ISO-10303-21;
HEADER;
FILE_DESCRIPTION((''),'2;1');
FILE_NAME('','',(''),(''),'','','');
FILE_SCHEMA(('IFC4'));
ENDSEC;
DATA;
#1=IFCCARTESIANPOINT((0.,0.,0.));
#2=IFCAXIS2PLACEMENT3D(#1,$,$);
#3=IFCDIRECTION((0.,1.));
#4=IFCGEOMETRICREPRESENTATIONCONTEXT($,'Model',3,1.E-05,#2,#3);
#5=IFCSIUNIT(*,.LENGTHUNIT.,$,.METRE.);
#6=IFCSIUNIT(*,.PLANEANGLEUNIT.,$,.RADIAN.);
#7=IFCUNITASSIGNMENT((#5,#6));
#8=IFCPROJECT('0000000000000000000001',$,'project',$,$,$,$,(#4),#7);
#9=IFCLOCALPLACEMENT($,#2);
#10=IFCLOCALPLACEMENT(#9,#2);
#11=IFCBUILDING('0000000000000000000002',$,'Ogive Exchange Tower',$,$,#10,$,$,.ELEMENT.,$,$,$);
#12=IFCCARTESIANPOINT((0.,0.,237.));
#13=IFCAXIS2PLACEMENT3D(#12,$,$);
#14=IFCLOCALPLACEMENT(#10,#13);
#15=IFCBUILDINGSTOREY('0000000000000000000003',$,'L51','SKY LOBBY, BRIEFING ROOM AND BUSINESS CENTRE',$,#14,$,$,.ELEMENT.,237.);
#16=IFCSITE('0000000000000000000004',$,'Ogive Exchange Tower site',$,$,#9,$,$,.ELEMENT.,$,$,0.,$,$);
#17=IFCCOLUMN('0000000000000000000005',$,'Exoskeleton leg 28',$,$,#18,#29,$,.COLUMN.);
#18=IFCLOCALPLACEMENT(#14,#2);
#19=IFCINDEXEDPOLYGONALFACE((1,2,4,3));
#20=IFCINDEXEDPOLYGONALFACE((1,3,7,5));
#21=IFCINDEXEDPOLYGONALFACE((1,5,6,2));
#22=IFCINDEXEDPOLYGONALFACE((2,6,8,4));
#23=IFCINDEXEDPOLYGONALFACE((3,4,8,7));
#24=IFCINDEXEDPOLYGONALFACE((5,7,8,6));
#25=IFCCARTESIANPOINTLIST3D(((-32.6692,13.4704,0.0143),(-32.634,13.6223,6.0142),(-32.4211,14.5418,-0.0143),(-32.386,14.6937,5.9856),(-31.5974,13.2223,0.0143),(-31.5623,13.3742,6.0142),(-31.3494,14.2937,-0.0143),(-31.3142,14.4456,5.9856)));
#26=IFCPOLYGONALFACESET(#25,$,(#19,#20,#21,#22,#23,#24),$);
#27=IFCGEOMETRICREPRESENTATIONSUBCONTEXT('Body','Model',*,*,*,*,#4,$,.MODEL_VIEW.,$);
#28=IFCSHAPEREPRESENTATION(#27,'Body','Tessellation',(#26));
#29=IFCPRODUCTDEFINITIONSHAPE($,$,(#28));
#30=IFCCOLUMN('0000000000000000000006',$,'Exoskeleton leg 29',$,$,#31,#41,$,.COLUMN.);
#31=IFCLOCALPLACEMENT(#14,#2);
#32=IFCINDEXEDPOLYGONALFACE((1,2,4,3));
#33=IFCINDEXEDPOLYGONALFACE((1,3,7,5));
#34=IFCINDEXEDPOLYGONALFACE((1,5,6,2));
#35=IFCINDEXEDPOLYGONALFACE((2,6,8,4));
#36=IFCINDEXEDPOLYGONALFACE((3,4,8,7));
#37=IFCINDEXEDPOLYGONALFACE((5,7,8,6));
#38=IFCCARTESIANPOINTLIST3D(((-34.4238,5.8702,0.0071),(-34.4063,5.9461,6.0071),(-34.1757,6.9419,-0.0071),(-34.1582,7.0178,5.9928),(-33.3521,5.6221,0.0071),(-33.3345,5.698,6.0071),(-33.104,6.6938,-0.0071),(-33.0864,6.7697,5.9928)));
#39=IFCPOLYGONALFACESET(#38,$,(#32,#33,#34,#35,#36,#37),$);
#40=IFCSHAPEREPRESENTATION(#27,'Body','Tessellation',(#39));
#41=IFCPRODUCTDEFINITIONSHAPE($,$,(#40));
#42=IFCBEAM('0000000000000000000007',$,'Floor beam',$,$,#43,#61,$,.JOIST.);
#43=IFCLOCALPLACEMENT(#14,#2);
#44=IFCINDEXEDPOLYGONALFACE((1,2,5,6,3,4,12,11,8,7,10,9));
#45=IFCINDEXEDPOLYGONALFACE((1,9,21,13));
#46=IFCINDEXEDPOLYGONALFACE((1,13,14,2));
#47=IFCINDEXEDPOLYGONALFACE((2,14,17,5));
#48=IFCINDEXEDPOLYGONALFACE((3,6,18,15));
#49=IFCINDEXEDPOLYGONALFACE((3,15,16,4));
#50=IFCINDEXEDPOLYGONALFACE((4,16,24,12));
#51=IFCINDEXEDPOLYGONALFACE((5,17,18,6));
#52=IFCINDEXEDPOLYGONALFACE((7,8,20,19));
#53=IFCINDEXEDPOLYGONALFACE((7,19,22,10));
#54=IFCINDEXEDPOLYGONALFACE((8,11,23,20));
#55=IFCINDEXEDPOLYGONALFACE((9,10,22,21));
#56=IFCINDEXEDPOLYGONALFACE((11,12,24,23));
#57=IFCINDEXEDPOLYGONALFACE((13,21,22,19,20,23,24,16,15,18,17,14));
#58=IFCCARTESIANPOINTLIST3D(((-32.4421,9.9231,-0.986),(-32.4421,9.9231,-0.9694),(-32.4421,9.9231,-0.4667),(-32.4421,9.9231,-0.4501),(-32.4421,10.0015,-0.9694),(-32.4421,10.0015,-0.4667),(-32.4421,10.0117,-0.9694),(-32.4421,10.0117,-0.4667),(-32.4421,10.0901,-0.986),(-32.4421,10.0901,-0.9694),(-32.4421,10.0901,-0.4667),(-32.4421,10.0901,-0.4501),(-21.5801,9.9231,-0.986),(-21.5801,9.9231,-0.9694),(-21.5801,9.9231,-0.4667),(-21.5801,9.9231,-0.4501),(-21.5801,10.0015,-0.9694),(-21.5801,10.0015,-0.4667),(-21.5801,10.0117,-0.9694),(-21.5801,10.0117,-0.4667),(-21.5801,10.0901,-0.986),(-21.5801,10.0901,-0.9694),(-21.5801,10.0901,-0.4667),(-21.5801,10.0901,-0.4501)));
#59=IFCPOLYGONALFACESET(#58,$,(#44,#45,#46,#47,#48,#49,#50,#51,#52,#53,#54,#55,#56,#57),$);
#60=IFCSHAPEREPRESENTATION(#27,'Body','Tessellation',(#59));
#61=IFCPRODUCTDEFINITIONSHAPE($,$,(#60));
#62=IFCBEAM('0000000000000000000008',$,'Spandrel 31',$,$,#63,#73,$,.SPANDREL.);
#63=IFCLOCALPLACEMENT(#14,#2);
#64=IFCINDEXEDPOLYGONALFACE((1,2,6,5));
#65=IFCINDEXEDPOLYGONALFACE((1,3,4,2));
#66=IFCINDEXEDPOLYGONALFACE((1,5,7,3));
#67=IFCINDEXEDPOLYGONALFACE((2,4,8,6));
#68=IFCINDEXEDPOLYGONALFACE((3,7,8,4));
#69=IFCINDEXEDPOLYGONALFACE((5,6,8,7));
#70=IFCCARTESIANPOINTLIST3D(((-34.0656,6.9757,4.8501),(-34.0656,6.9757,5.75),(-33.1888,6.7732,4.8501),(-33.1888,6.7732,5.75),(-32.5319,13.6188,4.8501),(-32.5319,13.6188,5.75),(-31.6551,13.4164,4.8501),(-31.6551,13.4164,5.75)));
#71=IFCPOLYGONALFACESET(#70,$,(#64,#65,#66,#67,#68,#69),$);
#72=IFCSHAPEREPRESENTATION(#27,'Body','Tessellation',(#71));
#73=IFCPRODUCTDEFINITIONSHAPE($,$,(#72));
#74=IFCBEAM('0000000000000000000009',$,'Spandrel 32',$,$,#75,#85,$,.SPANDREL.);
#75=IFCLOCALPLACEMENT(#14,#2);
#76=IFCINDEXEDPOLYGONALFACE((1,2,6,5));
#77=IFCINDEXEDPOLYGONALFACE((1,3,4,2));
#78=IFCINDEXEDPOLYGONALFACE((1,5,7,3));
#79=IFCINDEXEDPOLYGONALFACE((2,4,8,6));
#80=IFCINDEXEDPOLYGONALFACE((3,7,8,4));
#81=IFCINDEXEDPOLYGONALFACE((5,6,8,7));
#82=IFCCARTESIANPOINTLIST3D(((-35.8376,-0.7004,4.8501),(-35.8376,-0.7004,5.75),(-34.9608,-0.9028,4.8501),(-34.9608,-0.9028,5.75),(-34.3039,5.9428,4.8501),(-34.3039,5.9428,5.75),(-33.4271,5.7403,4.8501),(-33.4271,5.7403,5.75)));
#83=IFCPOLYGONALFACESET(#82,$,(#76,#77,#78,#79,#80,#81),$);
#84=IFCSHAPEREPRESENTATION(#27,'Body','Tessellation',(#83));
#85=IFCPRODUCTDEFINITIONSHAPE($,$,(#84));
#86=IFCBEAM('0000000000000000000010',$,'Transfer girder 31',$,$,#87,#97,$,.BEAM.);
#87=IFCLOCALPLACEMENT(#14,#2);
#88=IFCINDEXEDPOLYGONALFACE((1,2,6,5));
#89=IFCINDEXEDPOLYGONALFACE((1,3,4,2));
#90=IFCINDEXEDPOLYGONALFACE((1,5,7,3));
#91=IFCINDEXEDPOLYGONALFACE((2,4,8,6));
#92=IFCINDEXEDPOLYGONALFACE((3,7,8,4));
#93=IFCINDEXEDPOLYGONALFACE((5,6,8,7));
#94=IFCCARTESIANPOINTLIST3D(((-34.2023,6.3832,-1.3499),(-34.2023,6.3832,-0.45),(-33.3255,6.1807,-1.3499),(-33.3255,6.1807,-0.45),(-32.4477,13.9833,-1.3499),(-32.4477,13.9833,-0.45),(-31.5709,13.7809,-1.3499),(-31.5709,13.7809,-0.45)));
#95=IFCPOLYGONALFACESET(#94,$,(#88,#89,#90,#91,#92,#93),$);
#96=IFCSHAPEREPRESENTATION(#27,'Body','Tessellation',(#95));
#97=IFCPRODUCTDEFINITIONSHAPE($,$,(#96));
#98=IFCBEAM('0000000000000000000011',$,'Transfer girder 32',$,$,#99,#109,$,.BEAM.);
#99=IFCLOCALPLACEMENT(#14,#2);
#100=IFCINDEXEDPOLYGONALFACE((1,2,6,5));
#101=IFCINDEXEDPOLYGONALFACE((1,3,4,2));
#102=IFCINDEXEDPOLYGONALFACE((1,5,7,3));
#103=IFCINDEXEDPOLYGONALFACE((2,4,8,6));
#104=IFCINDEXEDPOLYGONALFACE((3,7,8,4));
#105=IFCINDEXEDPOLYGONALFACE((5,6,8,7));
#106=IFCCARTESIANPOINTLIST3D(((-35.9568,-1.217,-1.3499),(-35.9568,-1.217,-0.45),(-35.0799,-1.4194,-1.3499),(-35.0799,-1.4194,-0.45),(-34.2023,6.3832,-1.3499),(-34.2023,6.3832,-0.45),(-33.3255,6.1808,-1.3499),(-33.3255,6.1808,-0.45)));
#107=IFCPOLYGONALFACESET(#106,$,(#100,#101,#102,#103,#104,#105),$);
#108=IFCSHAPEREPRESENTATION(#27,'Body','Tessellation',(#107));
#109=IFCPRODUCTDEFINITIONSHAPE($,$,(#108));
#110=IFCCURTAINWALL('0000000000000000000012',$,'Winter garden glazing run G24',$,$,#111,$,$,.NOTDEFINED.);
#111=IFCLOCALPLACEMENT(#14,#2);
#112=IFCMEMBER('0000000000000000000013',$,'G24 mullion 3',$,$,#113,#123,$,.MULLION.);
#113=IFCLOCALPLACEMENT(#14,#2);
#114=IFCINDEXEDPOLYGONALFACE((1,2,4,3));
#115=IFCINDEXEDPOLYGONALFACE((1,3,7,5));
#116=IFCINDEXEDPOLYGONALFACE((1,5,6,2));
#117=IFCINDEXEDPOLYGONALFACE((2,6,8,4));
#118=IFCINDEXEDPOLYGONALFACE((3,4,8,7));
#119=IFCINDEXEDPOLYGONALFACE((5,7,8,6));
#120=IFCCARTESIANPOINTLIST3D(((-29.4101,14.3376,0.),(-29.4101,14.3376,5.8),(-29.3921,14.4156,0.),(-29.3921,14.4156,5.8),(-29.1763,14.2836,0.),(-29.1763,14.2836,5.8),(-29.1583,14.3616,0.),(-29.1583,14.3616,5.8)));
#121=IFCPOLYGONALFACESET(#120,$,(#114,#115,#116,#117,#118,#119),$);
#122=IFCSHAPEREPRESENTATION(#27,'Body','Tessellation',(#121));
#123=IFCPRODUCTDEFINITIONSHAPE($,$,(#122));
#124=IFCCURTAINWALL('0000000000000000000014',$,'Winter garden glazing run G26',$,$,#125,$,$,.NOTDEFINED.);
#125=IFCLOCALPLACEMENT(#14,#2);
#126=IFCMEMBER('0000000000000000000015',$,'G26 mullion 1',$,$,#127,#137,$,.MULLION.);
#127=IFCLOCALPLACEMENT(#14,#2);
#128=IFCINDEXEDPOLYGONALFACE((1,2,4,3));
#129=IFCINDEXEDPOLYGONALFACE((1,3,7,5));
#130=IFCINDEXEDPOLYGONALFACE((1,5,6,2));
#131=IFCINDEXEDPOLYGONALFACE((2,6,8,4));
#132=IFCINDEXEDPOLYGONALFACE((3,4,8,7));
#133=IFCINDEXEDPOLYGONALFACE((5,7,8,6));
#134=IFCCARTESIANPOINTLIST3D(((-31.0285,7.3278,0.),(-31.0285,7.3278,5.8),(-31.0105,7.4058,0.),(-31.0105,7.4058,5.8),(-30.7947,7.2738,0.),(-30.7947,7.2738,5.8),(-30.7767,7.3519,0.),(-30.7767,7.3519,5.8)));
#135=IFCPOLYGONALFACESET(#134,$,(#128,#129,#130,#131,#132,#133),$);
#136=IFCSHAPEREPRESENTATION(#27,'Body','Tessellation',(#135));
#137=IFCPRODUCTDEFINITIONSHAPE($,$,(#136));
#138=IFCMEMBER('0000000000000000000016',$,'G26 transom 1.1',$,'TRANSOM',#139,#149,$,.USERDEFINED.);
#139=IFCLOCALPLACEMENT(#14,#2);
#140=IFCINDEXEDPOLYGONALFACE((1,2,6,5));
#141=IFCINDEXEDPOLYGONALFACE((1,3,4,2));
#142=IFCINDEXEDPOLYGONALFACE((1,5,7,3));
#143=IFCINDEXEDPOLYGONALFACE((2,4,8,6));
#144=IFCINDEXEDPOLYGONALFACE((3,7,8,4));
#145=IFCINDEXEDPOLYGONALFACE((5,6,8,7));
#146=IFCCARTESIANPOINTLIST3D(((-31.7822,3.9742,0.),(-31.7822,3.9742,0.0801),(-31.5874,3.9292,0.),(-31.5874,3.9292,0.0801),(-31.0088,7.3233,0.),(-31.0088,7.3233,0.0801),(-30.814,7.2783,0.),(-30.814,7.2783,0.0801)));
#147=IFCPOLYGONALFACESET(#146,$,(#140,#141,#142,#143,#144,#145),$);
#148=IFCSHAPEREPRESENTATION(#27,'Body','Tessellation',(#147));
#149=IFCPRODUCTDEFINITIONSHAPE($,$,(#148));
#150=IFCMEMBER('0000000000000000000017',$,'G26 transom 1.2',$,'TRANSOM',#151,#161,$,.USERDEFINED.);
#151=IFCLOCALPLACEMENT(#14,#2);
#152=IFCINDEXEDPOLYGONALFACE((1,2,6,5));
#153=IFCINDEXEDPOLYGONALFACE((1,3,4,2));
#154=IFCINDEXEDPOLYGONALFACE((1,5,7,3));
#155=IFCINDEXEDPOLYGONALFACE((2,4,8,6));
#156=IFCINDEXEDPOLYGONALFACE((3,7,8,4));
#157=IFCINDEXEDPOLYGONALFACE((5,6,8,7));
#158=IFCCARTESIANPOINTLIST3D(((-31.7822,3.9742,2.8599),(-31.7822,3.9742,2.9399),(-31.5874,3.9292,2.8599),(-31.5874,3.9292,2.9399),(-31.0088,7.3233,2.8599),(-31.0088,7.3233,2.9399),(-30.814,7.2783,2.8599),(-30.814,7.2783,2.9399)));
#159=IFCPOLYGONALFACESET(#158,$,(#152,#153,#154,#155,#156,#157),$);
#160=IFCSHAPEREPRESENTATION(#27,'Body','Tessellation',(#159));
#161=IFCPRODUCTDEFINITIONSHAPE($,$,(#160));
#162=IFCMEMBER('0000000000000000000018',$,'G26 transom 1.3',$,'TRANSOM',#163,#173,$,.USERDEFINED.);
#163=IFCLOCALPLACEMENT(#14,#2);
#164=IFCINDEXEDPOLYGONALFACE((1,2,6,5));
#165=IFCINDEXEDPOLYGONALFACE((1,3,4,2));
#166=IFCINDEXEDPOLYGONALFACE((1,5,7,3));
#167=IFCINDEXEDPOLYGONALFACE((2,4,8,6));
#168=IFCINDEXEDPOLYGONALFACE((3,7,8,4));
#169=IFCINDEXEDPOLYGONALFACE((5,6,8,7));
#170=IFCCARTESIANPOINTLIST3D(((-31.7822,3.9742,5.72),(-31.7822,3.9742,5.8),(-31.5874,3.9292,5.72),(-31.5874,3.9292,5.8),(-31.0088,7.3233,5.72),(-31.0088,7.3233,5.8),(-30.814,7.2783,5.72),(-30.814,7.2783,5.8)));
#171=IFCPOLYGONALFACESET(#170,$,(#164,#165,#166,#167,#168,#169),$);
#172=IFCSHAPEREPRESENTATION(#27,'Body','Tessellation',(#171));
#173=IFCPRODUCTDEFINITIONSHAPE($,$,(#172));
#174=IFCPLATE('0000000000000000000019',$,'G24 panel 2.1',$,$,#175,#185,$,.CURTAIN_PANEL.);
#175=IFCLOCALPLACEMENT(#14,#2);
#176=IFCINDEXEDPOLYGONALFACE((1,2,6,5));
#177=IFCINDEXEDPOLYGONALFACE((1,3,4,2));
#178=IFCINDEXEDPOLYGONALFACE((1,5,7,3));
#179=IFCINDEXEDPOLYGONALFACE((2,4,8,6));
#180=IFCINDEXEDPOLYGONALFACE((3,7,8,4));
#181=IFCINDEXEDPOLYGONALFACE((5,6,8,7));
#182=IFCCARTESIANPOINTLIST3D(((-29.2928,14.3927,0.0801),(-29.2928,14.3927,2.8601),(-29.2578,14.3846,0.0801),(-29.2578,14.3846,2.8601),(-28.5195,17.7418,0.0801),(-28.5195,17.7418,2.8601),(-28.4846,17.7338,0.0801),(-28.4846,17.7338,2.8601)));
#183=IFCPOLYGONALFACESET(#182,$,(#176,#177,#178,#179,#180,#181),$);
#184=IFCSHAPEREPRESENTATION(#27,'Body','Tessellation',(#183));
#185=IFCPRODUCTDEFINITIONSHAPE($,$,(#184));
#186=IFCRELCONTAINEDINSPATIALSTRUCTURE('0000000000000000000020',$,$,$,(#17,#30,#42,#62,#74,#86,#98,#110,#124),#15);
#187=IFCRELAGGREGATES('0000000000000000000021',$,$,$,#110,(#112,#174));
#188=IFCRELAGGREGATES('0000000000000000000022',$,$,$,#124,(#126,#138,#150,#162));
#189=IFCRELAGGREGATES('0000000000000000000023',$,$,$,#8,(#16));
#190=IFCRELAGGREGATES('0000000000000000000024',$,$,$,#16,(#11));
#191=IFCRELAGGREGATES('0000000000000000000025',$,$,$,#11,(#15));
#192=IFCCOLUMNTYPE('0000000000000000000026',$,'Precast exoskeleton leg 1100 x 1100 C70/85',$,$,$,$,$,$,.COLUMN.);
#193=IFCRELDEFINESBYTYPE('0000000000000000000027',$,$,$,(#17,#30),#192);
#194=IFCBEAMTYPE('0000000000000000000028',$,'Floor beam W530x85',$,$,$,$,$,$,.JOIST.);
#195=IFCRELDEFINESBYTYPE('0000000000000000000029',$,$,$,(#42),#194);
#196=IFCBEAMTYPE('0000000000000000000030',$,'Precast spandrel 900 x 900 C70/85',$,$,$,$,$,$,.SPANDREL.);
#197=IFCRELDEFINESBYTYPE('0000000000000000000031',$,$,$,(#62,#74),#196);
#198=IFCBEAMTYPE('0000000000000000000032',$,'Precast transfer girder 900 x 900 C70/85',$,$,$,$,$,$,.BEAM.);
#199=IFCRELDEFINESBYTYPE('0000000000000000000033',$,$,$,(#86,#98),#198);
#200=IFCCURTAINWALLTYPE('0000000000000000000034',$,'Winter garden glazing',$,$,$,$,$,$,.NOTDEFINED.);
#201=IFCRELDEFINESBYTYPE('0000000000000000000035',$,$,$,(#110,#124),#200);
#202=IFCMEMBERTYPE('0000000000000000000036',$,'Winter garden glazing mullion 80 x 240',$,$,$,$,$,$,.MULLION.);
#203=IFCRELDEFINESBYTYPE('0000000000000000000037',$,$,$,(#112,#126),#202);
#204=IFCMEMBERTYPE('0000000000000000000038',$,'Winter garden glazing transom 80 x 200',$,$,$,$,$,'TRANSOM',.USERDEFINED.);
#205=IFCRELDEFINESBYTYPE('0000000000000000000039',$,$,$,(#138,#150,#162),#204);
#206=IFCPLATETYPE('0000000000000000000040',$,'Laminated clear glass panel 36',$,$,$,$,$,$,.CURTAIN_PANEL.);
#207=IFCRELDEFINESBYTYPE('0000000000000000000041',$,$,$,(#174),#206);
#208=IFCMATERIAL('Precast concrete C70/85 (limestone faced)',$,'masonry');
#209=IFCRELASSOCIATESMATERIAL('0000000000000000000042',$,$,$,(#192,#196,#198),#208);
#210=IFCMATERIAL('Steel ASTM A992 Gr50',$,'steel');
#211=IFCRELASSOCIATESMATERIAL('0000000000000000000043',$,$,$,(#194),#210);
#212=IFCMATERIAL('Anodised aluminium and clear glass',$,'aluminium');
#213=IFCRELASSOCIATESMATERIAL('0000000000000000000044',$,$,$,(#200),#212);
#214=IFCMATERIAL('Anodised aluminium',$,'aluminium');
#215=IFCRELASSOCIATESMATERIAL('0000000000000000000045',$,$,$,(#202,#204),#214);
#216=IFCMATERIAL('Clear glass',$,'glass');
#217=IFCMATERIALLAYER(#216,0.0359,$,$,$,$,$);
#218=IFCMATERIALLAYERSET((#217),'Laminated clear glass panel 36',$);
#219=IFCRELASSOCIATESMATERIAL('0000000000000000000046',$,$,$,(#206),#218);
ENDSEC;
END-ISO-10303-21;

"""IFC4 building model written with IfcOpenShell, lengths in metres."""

from ifc_helpers import new_model, si_unit, direction, frame, origin, origin_2d, place, context, subcontext, project, spatial, rectangle, i_section, extrude, material, layer, layer_set, material_profile, profile_set, type_object, element, aggregate, save


model = new_model("IFC4")

# Units and contexts
model_context = context("Model", 3, precision=1e-05, world=origin(), true_north=direction((0.0, 1.0)))
body_context = subcontext(model_context, "Body", "Model", "MODEL_VIEW")
ifc_project = project(units=[si_unit("LENGTHUNIT", "METRE"), si_unit("PLANEANGLEUNIT", "RADIAN")], contexts=[model_context])

# Site, building, storey
site_placement = place(None, origin())
site = spatial("IfcSite", under=ifc_project, at=site_placement, Name="Ogive Exchange Tower site", CompositionType="ELEMENT", RefElevation=0.0)
building_placement = place(site_placement, origin())
building = spatial("IfcBuilding", under=site, at=building_placement, Name="Ogive Exchange Tower", CompositionType="ELEMENT")
storey_placement = place(building_placement, frame((0.0, 0.0, 237.0)))
storey = spatial("IfcBuildingStorey", under=building, at=storey_placement, Name="L51", Description="SKY LOBBY, BRIEFING ROOM AND BUSINESS CENTRE", CompositionType="ELEMENT", Elevation=237.0)

# Columns
ifc_material_1 = material(Name="Precast concrete C70/85 (limestone faced)", Category="masonry")
ifc_material_profile_1 = material_profile(ifc_material_1, rectangle(XDim=1.1001, YDim=1.1001, at=origin_2d()), Name="1100 x 1100")
ifc_profile_set_1 = profile_set([ifc_material_profile_1], Name="Precast concrete C70/85 (limestone faced)")
column_type = type_object("IfcColumnType", Name="Precast exoskeleton leg 1100 x 1100 C70/85", PredefinedType="COLUMN", material=ifc_profile_set_1)
column_1_placement = place(storey_placement, frame((-32.0093, 13.8821, 0.0), z_axis=(0.005857, 0.025301, 0.999663), x_axis=(-0.974233, 0.225546, 0.0)))
element("IfcColumn", 1, at=column_1_placement, inside=storey, type_object=column_type, Name="Exoskeleton leg 28", PredefinedType="COLUMN", context=body_context, shape_type="SweptSolid", body=[
    extrude(rectangle(XDim=1.1001, YDim=1.1001, at=origin_2d()), origin(), (0.0, 0.0, 1.0), 6.002),
])
column_2_placement = place(storey_placement, frame((-33.7639, 6.282, 0.0), z_axis=(0.002929, 0.012654, 0.999916), x_axis=(-0.974233, 0.225546, 0.0)))
element("IfcColumn", 2, at=column_2_placement, inside=storey, type_object=column_type, Name="Exoskeleton leg 29", PredefinedType="COLUMN", context=body_context, shape_type="SweptSolid", body=[
    extrude(rectangle(XDim=1.1001, YDim=1.1001, at=origin_2d()), origin(), (0.0, 0.0, 1.0), 6.0005),
])

# Beams
ifc_material_2 = material(Name="Steel ASTM A992 Gr50", Category="steel")
ifc_material_profile_2 = material_profile(ifc_material_2, i_section(OverallWidth=0.167, OverallDepth=0.5359, WebThickness=0.0103, FlangeThickness=0.0166, at=origin_2d()), Name="W530x85")
ifc_profile_set_2 = profile_set([ifc_material_profile_2], Name="Steel ASTM A992 Gr50")
beam_type_1 = type_object("IfcBeamType", Name="Floor beam W530x85", PredefinedType="JOIST", material=ifc_profile_set_2)
beam_placement = place(storey_placement, frame((-32.4421, 10.0066, -0.718), z_axis=(1.0, 0.0, 0.0), x_axis=(0.0, 1.0, 0.0)))
element("IfcBeam", 3, at=beam_placement, inside=storey, type_object=beam_type_1, Name="Floor beam", PredefinedType="JOIST", context=body_context, shape_type="SweptSolid", body=[
    extrude(i_section(OverallWidth=0.167, OverallDepth=0.5359, WebThickness=0.0103, FlangeThickness=0.0166, at=origin_2d()), origin(), (0.0, 0.0, 1.0), 10.8621),
])
ifc_material_profile_3 = material_profile(ifc_material_1, rectangle(XDim=0.8999, YDim=0.8999, at=origin_2d()), Name="900 x 900")
ifc_profile_set_3 = profile_set([ifc_material_profile_3], Name="Precast concrete C70/85 (limestone faced)")
beam_type_2 = type_object("IfcBeamType", Name="Precast spandrel 900 x 900 C70/85", PredefinedType="SPANDREL", material=ifc_profile_set_3)
for number, where, z_axis, x_axis, name in (
    (4, (-32.0935, 13.5176, 5.3), (-0.224954, -0.974369, 0.0), (0.974369, -0.224954, 0.0), "Spandrel 31"),
    (5, (-33.8655, 5.8416, 5.3), (-0.224954, -0.974369, 0.0), (0.974369, -0.224954, 0.0), "Spandrel 32"),
):
    element("IfcBeam", number, at=place(storey_placement, frame(where, z_axis=z_axis, x_axis=x_axis)), inside=storey, type_object=beam_type_2, Name=name, PredefinedType="SPANDREL", context=body_context, shape_type="SweptSolid", body=[
        extrude(rectangle(XDim=0.8999, YDim=0.8999, at=origin_2d()), origin(), (0.0, 0.0, 1.0), 6.8179),
    ])
ifc_material_profile_4 = material_profile(ifc_material_1, rectangle(XDim=0.8999, YDim=0.8999, at=origin_2d()), Name="900 x 900")
ifc_profile_set_4 = profile_set([ifc_material_profile_4], Name="Precast concrete C70/85 (limestone faced)")
beam_type_3 = type_object("IfcBeamType", Name="Precast transfer girder 900 x 900 C70/85", PredefinedType="BEAM", material=ifc_profile_set_4)
for number, where, z_axis, x_axis, name in (
    (6, (-32.0093, 13.8821, -0.8999), (-0.224953, -0.97437, 0.0), (0.97437, -0.224953, 0.0), "Transfer girder 31"),
    (7, (-33.7639, 6.282, -0.8999), (-0.224924, -0.974376, 0.0), (0.974376, -0.224924, 0.0), "Transfer girder 32"),
):
    element("IfcBeam", number, at=place(storey_placement, frame(where, z_axis=z_axis, x_axis=x_axis)), inside=storey, type_object=beam_type_3, Name=name, PredefinedType="BEAM", context=body_context, shape_type="SweptSolid", body=[
        extrude(rectangle(XDim=0.8999, YDim=0.8999, at=origin_2d()), origin(), (0.0, 0.0, 1.0), 7.8),
    ])

# Curtain wall, member
ifc_material_3 = material(Name="Anodised aluminium and clear glass", Category="aluminium")
curtain_wall_type = type_object("IfcCurtainWallType", Name="Winter garden glazing", PredefinedType="NOTDEFINED", material=ifc_material_3)
curtain_wall_1_placement = place(storey_placement, origin())
curtain_wall_1 = element("IfcCurtainWall", 8, at=curtain_wall_1_placement, inside=storey, type_object=curtain_wall_type, Name="Winter garden glazing run G24", PredefinedType="NOTDEFINED")
ifc_material_4 = material(Name="Anodised aluminium", Category="aluminium")
ifc_material_profile_5 = material_profile(ifc_material_4, rectangle(XDim=0.24, YDim=0.0801, at=origin_2d()), Name="AL 80x240")
ifc_profile_set_5 = profile_set([ifc_material_profile_5], Name="Anodised aluminium")
member_type_1 = type_object("IfcMemberType", Name="Winter garden glazing mullion 80 x 240", PredefinedType="MULLION", material=ifc_profile_set_5)
member_1_placement = place(storey_placement, frame((-29.2842, 14.3496, 0.0), z_axis=(0.0, 0.0, 1.0), x_axis=(0.974369, -0.224954, 0.0)))
member_1 = element("IfcMember", 9, at=member_1_placement, type_object=member_type_1, Name="G24 mullion 3", PredefinedType="MULLION", context=body_context, shape_type="SweptSolid", body=[
    extrude(rectangle(XDim=0.24, YDim=0.0801, at=origin_2d()), origin(), (0.0, 0.0, 1.0), 5.8),
])

# Curtain wall, members
curtain_wall_2_placement = place(storey_placement, origin())
curtain_wall_2 = element("IfcCurtainWall", 10, at=curtain_wall_2_placement, inside=storey, type_object=curtain_wall_type, Name="Winter garden glazing run G26", PredefinedType="NOTDEFINED")
member_2_placement = place(storey_placement, frame((-30.9026, 7.3398, 0.0), z_axis=(0.0, 0.0, 1.0), x_axis=(0.974369, -0.224954, 0.0)))
member_2 = element("IfcMember", 11, at=member_2_placement, type_object=member_type_1, Name="G26 mullion 1", PredefinedType="MULLION", context=body_context, shape_type="SweptSolid", body=[
    extrude(rectangle(XDim=0.24, YDim=0.0801, at=origin_2d()), origin(), (0.0, 0.0, 1.0), 5.8),
])
ifc_material_profile_6 = material_profile(ifc_material_4, rectangle(XDim=0.2, YDim=0.0801, at=origin_2d()), Name="AL 80x200")
ifc_profile_set_6 = profile_set([ifc_material_profile_6], Name="Anodised aluminium")
member_type_2 = type_object("IfcMemberType", Name="Winter garden glazing transom 80 x 200", ElementType="TRANSOM", PredefinedType="USERDEFINED", material=ifc_profile_set_6)
member_3_placement = place(storey_placement, frame((-30.9114, 7.3008, 0.04), z_axis=(-0.225015, -0.974355, 0.0), x_axis=(0.974355, -0.225015, 0.0)))
member_3 = element("IfcMember", 12, at=member_3_placement, type_object=member_type_2, Name="G26 transom 1.1", ObjectType="TRANSOM", PredefinedType="USERDEFINED", context=body_context, shape_type="SweptSolid", body=[
    extrude(rectangle(XDim=0.2, YDim=0.0801, at=origin_2d()), origin(), (0.0, 0.0, 1.0), 3.4373),
])
member_4_placement = place(storey_placement, frame((-30.9114, 7.3008, 2.8999), z_axis=(-0.225015, -0.974355, 0.0), x_axis=(0.974355, -0.225015, 0.0)))
member_4 = element("IfcMember", 13, at=member_4_placement, type_object=member_type_2, Name="G26 transom 1.2", ObjectType="TRANSOM", PredefinedType="USERDEFINED", context=body_context, shape_type="SweptSolid", body=[
    extrude(rectangle(XDim=0.2, YDim=0.0801, at=origin_2d()), origin(), (0.0, 0.0, 1.0), 3.4373),
])
member_5_placement = place(storey_placement, frame((-30.9114, 7.3008, 5.76), z_axis=(-0.225015, -0.974355, 0.0), x_axis=(0.974355, -0.225015, 0.0)))
member_5 = element("IfcMember", 14, at=member_5_placement, type_object=member_type_2, Name="G26 transom 1.3", ObjectType="TRANSOM", PredefinedType="USERDEFINED", context=body_context, shape_type="SweptSolid", body=[
    extrude(rectangle(XDim=0.2, YDim=0.0801, at=origin_2d()), origin(), (0.0, 0.0, 1.0), 3.4373),
])

# Plate
ifc_material_5 = material(Name="Clear glass", Category="glass")
ifc_layer_1 = layer(ifc_material_5, 0.0359)
ifc_layer_set_1 = layer_set([ifc_layer_1], Name="Laminated clear glass panel 36")
plate_type = type_object("IfcPlateType", Name="Laminated clear glass panel 36", PredefinedType="CURTAIN_PANEL", material=ifc_layer_set_1)
plate_1_placement = place(storey_placement, frame((-28.8887, 16.0632, 0.0801), z_axis=(0.0, 0.0, 1.0), x_axis=(-0.224954, -0.974369, 0.0)))
plate_1 = element("IfcPlate", 15, at=plate_1_placement, type_object=plate_type, Name="G24 panel 2.1", PredefinedType="CURTAIN_PANEL", context=body_context, shape_type="SweptSolid", body=[
    extrude(rectangle(XDim=3.4373, YDim=0.0359, at=origin_2d()), origin(), (0.0, 0.0, 1.0), 2.78),
])
aggregate(curtain_wall_1, [member_1, plate_1])
aggregate(curtain_wall_2, [member_2, member_3, member_4, member_5])

save(model, "model.ifc")
